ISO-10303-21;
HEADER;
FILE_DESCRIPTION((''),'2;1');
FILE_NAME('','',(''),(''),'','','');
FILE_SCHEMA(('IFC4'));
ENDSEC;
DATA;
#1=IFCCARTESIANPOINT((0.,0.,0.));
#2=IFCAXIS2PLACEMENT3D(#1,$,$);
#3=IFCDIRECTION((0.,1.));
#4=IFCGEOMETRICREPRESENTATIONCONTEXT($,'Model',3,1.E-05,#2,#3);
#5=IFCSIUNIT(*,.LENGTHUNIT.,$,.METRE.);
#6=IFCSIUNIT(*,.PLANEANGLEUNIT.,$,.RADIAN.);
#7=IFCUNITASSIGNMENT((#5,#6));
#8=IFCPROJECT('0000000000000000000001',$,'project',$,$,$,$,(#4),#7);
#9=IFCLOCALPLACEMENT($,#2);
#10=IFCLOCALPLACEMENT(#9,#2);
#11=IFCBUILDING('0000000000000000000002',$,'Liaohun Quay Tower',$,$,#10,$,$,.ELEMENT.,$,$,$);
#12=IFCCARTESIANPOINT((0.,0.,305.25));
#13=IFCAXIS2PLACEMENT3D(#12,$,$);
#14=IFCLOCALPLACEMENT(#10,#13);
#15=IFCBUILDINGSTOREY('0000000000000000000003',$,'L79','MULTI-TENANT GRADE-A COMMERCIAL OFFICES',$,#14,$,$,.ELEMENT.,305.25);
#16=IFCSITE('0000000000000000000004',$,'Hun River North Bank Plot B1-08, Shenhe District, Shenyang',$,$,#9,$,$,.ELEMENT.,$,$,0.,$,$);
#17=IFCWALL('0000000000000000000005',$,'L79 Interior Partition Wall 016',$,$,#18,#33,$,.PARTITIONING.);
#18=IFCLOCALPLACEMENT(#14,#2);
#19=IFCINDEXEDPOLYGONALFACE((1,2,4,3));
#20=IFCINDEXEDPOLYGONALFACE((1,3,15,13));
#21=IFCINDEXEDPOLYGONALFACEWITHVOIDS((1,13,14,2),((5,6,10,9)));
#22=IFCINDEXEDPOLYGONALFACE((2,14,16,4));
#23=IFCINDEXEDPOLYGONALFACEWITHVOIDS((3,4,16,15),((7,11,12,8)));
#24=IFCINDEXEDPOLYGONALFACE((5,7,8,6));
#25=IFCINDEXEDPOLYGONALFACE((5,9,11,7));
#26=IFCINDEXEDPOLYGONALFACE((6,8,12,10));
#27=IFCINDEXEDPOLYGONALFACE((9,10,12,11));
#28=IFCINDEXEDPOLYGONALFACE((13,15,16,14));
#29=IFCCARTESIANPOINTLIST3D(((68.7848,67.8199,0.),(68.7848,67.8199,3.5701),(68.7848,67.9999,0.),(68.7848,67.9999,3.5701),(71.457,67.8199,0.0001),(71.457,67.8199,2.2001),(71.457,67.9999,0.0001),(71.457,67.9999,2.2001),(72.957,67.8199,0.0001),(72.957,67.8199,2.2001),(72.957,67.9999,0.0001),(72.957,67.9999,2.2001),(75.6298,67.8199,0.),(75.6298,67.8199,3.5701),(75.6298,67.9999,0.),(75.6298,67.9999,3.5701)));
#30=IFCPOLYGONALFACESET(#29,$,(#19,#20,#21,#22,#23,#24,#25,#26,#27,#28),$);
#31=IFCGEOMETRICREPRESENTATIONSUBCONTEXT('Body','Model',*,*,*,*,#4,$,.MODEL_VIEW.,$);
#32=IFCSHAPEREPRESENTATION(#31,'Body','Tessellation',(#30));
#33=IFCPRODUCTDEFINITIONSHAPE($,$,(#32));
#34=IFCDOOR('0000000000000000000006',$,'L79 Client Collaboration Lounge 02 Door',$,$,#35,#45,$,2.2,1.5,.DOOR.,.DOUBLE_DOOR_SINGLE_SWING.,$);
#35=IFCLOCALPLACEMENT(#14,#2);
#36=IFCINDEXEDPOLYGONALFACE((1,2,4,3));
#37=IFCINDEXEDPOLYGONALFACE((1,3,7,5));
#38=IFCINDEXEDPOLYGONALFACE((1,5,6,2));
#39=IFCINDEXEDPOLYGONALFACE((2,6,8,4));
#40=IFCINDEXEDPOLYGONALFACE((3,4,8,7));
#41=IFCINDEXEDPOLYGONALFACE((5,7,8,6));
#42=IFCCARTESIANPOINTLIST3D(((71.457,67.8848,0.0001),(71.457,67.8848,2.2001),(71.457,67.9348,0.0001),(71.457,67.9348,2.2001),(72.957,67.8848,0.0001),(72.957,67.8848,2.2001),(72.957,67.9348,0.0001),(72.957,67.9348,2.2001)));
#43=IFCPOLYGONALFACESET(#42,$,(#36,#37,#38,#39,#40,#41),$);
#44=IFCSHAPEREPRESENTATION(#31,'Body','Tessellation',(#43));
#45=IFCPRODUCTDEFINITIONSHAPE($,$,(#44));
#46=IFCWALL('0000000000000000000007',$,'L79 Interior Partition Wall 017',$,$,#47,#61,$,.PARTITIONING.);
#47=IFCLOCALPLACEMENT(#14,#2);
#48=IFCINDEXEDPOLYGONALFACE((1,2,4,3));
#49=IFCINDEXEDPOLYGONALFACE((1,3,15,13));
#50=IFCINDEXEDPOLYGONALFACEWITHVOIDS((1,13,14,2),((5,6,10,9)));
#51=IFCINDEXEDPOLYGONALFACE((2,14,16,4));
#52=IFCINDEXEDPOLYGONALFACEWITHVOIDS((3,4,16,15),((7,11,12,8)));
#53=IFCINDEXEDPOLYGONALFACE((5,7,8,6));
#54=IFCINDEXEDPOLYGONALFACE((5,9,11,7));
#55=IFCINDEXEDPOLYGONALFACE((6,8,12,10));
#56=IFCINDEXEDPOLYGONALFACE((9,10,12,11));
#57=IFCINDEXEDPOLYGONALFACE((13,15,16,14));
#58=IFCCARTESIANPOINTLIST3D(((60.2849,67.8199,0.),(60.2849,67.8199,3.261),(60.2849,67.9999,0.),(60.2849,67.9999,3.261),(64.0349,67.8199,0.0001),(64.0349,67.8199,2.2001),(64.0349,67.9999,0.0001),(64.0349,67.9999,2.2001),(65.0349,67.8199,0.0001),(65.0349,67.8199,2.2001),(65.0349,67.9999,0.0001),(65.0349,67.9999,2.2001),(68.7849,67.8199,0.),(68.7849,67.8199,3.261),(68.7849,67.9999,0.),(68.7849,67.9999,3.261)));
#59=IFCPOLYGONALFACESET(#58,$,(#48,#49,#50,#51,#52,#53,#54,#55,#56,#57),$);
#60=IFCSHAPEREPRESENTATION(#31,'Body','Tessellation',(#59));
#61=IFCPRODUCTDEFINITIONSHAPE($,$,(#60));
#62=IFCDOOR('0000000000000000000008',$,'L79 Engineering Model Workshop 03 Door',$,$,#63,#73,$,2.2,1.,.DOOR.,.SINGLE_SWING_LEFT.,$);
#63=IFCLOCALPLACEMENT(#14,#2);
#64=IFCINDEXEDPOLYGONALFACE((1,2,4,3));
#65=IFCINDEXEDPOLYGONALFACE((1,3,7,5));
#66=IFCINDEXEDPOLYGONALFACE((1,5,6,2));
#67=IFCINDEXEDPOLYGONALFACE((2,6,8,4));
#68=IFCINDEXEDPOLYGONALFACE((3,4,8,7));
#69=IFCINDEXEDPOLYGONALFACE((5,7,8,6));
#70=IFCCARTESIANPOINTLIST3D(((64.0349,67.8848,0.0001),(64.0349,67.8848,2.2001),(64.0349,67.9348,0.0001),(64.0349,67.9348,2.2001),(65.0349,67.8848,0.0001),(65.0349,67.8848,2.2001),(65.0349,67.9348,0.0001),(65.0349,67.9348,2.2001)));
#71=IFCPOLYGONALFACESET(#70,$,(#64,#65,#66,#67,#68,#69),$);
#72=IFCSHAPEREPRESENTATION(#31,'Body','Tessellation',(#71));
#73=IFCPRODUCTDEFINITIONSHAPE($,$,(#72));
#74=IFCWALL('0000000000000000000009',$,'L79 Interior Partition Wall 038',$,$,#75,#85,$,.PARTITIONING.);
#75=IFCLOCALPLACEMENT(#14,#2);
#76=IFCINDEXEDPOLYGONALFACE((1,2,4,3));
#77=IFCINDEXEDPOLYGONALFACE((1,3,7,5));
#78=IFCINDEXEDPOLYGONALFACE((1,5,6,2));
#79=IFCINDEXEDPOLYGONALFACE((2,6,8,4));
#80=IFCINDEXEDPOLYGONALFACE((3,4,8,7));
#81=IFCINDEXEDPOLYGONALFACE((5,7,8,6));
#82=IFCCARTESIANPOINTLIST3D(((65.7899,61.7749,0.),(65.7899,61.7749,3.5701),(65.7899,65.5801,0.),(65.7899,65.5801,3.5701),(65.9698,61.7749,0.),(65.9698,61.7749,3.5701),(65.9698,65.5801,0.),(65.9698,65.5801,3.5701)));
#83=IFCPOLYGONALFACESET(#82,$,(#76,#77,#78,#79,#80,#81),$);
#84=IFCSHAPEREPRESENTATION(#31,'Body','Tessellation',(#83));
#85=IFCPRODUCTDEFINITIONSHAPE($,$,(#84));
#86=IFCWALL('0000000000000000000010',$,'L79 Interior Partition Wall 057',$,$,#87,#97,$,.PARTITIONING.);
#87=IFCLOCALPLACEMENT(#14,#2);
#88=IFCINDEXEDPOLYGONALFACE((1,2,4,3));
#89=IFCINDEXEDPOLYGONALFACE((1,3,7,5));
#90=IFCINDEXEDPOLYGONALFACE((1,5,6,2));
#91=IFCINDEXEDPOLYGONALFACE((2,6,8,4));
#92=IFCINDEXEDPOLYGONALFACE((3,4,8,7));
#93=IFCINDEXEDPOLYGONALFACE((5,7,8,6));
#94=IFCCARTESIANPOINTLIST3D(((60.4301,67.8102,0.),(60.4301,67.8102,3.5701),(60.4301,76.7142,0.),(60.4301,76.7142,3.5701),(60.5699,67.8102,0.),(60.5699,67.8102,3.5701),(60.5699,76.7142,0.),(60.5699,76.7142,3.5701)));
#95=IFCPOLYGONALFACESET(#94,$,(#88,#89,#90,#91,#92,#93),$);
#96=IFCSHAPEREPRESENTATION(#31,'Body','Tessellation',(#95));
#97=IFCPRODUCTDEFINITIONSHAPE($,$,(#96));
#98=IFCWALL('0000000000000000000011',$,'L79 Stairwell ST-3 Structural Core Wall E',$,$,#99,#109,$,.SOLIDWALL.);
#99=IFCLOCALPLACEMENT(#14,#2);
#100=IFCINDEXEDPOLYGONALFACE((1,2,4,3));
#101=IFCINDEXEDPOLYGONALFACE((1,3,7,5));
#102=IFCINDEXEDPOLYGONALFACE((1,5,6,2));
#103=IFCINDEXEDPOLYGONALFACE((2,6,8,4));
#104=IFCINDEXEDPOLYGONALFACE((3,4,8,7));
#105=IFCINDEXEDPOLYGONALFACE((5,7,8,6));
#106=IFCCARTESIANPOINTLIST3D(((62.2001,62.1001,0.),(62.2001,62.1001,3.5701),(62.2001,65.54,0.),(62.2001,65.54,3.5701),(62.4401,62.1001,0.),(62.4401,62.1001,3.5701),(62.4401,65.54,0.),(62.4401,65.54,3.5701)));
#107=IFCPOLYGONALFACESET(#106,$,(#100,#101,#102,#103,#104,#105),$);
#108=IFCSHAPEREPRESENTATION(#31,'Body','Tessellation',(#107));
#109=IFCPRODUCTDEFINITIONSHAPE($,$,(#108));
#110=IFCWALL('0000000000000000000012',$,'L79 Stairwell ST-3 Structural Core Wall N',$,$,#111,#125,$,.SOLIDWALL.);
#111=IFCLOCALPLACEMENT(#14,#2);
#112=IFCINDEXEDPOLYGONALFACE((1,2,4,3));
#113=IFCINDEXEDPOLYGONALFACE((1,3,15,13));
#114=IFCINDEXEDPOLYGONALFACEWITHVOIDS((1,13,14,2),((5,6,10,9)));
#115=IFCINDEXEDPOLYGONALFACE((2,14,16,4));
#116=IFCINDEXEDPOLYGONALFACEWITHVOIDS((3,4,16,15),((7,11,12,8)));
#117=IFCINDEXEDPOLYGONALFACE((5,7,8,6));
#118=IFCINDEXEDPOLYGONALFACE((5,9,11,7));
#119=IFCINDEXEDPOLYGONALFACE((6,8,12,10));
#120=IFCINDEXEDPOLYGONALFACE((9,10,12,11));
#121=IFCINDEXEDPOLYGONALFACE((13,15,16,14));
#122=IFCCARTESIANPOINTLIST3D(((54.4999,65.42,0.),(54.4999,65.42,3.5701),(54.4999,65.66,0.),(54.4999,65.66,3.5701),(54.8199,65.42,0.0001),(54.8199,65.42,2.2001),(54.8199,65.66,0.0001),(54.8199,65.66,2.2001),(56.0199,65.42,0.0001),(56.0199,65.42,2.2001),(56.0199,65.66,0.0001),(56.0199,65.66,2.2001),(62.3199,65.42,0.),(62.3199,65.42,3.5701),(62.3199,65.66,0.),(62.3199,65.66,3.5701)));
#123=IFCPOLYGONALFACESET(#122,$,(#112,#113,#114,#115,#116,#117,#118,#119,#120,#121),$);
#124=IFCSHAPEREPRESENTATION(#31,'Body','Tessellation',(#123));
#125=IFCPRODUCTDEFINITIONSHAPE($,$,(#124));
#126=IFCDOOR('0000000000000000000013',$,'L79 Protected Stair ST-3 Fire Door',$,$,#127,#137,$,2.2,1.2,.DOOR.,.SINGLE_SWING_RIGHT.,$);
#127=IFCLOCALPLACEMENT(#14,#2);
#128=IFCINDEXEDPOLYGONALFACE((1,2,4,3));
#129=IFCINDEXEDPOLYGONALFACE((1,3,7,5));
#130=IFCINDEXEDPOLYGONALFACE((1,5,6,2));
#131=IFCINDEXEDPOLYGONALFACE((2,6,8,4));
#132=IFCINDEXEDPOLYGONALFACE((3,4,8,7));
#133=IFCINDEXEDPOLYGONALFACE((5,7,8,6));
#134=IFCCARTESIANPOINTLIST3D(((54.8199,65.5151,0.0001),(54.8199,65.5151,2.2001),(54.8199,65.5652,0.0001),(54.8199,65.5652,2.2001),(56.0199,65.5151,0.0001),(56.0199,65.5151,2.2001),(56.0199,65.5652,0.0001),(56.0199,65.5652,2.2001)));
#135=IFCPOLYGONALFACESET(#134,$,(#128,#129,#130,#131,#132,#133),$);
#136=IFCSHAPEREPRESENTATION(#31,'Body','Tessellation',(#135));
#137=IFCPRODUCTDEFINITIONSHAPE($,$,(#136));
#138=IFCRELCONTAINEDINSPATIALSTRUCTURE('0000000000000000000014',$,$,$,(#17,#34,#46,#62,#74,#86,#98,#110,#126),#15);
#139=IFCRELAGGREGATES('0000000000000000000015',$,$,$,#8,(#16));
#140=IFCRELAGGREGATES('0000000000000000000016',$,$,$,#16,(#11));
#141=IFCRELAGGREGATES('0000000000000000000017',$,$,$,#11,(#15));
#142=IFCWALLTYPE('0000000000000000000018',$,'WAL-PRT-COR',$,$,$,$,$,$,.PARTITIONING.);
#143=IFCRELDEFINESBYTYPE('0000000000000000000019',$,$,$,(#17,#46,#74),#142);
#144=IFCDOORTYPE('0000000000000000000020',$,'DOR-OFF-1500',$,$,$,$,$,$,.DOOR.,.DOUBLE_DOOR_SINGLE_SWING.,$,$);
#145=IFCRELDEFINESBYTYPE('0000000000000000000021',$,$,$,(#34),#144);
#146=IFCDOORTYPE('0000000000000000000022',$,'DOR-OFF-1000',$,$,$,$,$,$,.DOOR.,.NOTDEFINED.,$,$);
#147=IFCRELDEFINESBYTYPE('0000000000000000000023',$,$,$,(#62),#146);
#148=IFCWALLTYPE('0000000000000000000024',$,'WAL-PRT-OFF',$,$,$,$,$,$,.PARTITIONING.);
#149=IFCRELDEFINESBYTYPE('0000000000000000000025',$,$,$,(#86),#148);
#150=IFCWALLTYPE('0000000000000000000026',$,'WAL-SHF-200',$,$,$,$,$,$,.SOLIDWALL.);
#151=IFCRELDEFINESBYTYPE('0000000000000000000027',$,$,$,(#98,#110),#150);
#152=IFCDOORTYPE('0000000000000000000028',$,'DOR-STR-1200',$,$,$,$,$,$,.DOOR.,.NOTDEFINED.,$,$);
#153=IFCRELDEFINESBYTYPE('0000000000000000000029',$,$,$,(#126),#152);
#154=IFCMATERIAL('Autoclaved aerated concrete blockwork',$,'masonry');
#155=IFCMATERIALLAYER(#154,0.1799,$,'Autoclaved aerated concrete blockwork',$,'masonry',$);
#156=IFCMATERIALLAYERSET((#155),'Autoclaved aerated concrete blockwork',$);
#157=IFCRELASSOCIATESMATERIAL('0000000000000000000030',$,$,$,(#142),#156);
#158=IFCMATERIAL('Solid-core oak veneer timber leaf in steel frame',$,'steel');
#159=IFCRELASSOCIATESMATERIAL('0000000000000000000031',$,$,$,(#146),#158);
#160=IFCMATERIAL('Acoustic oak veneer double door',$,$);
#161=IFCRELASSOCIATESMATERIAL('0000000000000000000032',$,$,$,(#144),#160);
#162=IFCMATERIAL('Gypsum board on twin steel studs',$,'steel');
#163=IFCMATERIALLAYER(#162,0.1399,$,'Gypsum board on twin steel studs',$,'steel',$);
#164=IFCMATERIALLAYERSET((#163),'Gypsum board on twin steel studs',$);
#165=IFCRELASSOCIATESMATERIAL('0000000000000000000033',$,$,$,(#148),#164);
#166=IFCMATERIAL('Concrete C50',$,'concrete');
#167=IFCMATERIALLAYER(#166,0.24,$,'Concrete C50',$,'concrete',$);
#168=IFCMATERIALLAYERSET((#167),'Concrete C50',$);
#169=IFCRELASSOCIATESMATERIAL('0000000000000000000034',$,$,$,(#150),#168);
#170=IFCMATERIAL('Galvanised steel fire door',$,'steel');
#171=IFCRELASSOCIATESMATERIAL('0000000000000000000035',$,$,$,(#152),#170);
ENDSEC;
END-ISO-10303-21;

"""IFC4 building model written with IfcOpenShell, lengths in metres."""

from ifc_helpers import new_model, si_unit, direction, frame, frame_2d, origin, place, context, subcontext, project, spatial, rectangle, extrude, source, transform, mapped, material, layer, layer_set, type_object, element, fill, save


model = new_model("IFC4")

# Units and contexts
model_context = context("Model", 3, precision=1e-05, world=origin(), true_north=direction((0.0, 1.0)))
body_context = subcontext(model_context, "Body", "Model", "MODEL_VIEW")
ifc_project = project(units=[si_unit("LENGTHUNIT", "METRE"), si_unit("PLANEANGLEUNIT", "RADIAN")], contexts=[model_context])

# Site, building, storey
site_placement = place(None, origin())
site = spatial("IfcSite", under=ifc_project, at=site_placement, Name="Hun River North Bank Plot B1-08, Shenhe District, Shenyang", CompositionType="ELEMENT", RefElevation=0.0)
building_placement = place(site_placement, origin())
building = spatial("IfcBuilding", under=site, at=building_placement, Name="Liaohun Quay Tower", CompositionType="ELEMENT")
storey_placement = place(building_placement, frame((0.0, 0.0, 305.25)))
storey = spatial("IfcBuildingStorey", under=building, at=storey_placement, Name="L79", Description="MULTI-TENANT GRADE-A COMMERCIAL OFFICES", CompositionType="ELEMENT", Elevation=305.25)

# Shared definitions
ifc_material_1 = material(Name="Concrete C50", Category="concrete")

# Walls, openings, doors
ifc_material_2 = material(Name="Autoclaved aerated concrete blockwork", Category="masonry")
ifc_layer_1 = layer(ifc_material_2, 0.1799, Name="Autoclaved aerated concrete blockwork", Category="masonry")
ifc_layer_set_1 = layer_set([ifc_layer_1], Name="Autoclaved aerated concrete blockwork")
wall_type_1 = type_object("IfcWallType", Name="WAL-PRT-COR", PredefinedType="PARTITIONING", material=ifc_layer_set_1)
shared_shape_1 = source(origin(), body_context, "Body", "SweptSolid", [
    extrude(rectangle(XDim=1.0, YDim=2.2, at=frame_2d((0.5, 1.1001))), frame((0.0, 0.0999, 0.0), z_axis=(0.0, -1.0, 0.0), x_axis=(1.0, 0.0, 0.0)), (0.0, 0.0, 1.0), 0.2),
])
ifc_material_3 = material(Name="Solid-core oak veneer timber leaf in steel frame", Category="steel")
door_type_1 = type_object("IfcDoorType", Name="DOR-OFF-1000", OperationType="NOTDEFINED", PredefinedType="DOOR", material=ifc_material_3)
shared_shape_2 = source(origin(), body_context, "Body", "SweptSolid", [
    extrude(rectangle(XDim=1.0, YDim=2.2, at=frame_2d((0.5, 1.1001))), frame((0.0, 0.0249, 0.0), z_axis=(0.0, -1.0, 0.0), x_axis=(1.0, 0.0, 0.0)), (0.0, 0.0, 1.0), 0.05),
])
wall_1_placement = place(storey_placement, frame((68.7849, 67.9099, 0.0), z_axis=(0.0, 0.0, 1.0), x_axis=(1.0, 0.0, 0.0)))
wall_1 = element("IfcWall", 1, at=wall_1_placement, inside=storey, type_object=wall_type_1, Name="L79 Interior Partition Wall 016", PredefinedType="PARTITIONING", context=body_context, shape_type="SweptSolid", body=[
    extrude(rectangle(XDim=6.845, YDim=0.1799, at=frame_2d((3.4224, 0.0))), origin(), (0.0, 0.0, 1.0), 3.5701),
])
shared_shape_3 = source(origin(), body_context, "Body", "SweptSolid", [
    extrude(rectangle(XDim=1.5, YDim=2.2, at=frame_2d((0.75, 1.1001))), frame((0.0, 0.0999, 0.0), z_axis=(0.0, -1.0, 0.0), x_axis=(1.0, 0.0, 0.0)), (0.0, 0.0, 1.0), 0.2),
])
opening_1_placement = place(wall_1_placement, frame((2.6721, 0.0, 0.0)))
opening_1 = element("IfcOpeningElement", 2, at=opening_1_placement, cuts=wall_1, PredefinedType="OPENING", context=body_context, shape_type="MappedRepresentation", body=[
    mapped(shared_shape_3, transform((0.0, 0.0, 0.0), x_axis=(1.0, 0.0, 0.0), y_axis=(0.0, 1.0, 0.0), z_axis=(0.0, 0.0, 1.0), scale=1.0)),
])
ifc_material_4 = material(Name="Acoustic oak veneer double door")
door_type_2 = type_object("IfcDoorType", Name="DOR-OFF-1500", OperationType="DOUBLE_DOOR_SINGLE_SWING", PredefinedType="DOOR", material=ifc_material_4)
shared_shape_4 = source(origin(), body_context, "Body", "SweptSolid", [
    extrude(rectangle(XDim=1.5, YDim=2.2, at=frame_2d((0.75, 1.1001))), frame((0.0, 0.0249, 0.0), z_axis=(0.0, -1.0, 0.0), x_axis=(1.0, 0.0, 0.0)), (0.0, 0.0, 1.0), 0.05),
])
door_1_placement = place(opening_1_placement, origin())
door_1 = element("IfcDoor", 3, at=door_1_placement, inside=storey, type_object=door_type_2, Name="L79 Client Collaboration Lounge 02 Door", OperationType="DOUBLE_DOOR_SINGLE_SWING", OverallHeight=2.2, OverallWidth=1.5, PredefinedType="DOOR", context=body_context, shape_type="MappedRepresentation", body=[
    mapped(shared_shape_4, transform((0.0, 0.0, 0.0), x_axis=(1.0, 0.0, 0.0), y_axis=(0.0, 1.0, 0.0), z_axis=(0.0, 0.0, 1.0), scale=1.0)),
])
fill(opening_1, door_1)
wall_2_placement = place(storey_placement, frame((60.2849, 67.9099, 0.0), z_axis=(0.0, 0.0, 1.0), x_axis=(1.0, 0.0, 0.0)))
wall_2 = element("IfcWall", 4, at=wall_2_placement, inside=storey, type_object=wall_type_1, Name="L79 Interior Partition Wall 017", PredefinedType="PARTITIONING", context=body_context, shape_type="SweptSolid", body=[
    extrude(rectangle(XDim=8.5, YDim=0.1799, at=frame_2d((4.25, 0.0))), origin(), (0.0, 0.0, 1.0), 3.261),
])
opening_2_placement = place(wall_2_placement, frame((3.75, 0.0, 0.0)))
opening_2 = element("IfcOpeningElement", 5, at=opening_2_placement, cuts=wall_2, PredefinedType="OPENING", context=body_context, shape_type="MappedRepresentation", body=[
    mapped(shared_shape_1, transform((0.0, 0.0, 0.0), x_axis=(1.0, 0.0, 0.0), y_axis=(0.0, 1.0, 0.0), z_axis=(0.0, 0.0, 1.0), scale=1.0)),
])
door_2_placement = place(opening_2_placement, origin())
door_2 = element("IfcDoor", 6, at=door_2_placement, inside=storey, type_object=door_type_1, Name="L79 Engineering Model Workshop 03 Door", OperationType="SINGLE_SWING_LEFT", OverallHeight=2.2, OverallWidth=1.0, PredefinedType="DOOR", context=body_context, shape_type="MappedRepresentation", body=[
    mapped(shared_shape_2, transform((0.0, 0.0, 0.0), x_axis=(1.0, 0.0, 0.0), y_axis=(0.0, 1.0, 0.0), z_axis=(0.0, 0.0, 1.0), scale=1.0)),
])
fill(opening_2, door_2)

# Walls
wall_3_placement = place(storey_placement, frame((65.8799, 61.7749, 0.0), z_axis=(0.0, 0.0, 1.0), x_axis=(0.0, 1.0, 0.0)))
element("IfcWall", 7, at=wall_3_placement, inside=storey, type_object=wall_type_1, Name="L79 Interior Partition Wall 038", PredefinedType="PARTITIONING", context=body_context, shape_type="SweptSolid", body=[
    extrude(rectangle(XDim=3.8052, YDim=0.1799, at=frame_2d((1.9026, 0.0))), origin(), (0.0, 0.0, 1.0), 3.5701),
])
ifc_material_5 = material(Name="Gypsum board on twin steel studs", Category="steel")
ifc_layer_2 = layer(ifc_material_5, 0.1399, Name="Gypsum board on twin steel studs", Category="steel")
ifc_layer_set_2 = layer_set([ifc_layer_2], Name="Gypsum board on twin steel studs")
wall_type_2 = type_object("IfcWallType", Name="WAL-PRT-OFF", PredefinedType="PARTITIONING", material=ifc_layer_set_2)
wall_4_placement = place(storey_placement, frame((60.5, 67.8101, 0.0), z_axis=(0.0, 0.0, 1.0), x_axis=(0.0, 1.0, 0.0)))
element("IfcWall", 8, at=wall_4_placement, inside=storey, type_object=wall_type_2, Name="L79 Interior Partition Wall 057", PredefinedType="PARTITIONING", context=body_context, shape_type="SweptSolid", body=[
    extrude(rectangle(XDim=8.9041, YDim=0.1399, at=frame_2d((4.4521, 0.0))), origin(), (0.0, 0.0, 1.0), 3.5701),
])
ifc_layer_3 = layer(ifc_material_1, 0.24, Name="Concrete C50", Category="concrete")
ifc_layer_set_3 = layer_set([ifc_layer_3], Name="Concrete C50")
wall_type_3 = type_object("IfcWallType", Name="WAL-SHF-200", PredefinedType="SOLIDWALL", material=ifc_layer_set_3)
wall_5_placement = place(storey_placement, frame((62.3201, 62.1001, 0.0), z_axis=(0.0, 0.0, 1.0), x_axis=(0.0, 1.0, 0.0)))
element("IfcWall", 9, at=wall_5_placement, inside=storey, type_object=wall_type_3, Name="L79 Stairwell ST-3 Structural Core Wall E", PredefinedType="SOLIDWALL", context=body_context, shape_type="SweptSolid", body=[
    extrude(rectangle(XDim=3.4399, YDim=0.24, at=frame_2d((1.72, 0.0))), origin(), (0.0, 0.0, 1.0), 3.5701),
])

# Wall, opening, door
wall_6_placement = place(storey_placement, frame((62.3201, 65.54, 0.0), z_axis=(0.0, 0.0, 1.0), x_axis=(-1.0, 0.0, 0.0)))
wall_6 = element("IfcWall", 10, at=wall_6_placement, inside=storey, type_object=wall_type_3, Name="L79 Stairwell ST-3 Structural Core Wall N", PredefinedType="SOLIDWALL", context=body_context, shape_type="SweptSolid", body=[
    extrude(rectangle(XDim=7.8201, YDim=0.24, at=frame_2d((3.9102, 0.0))), origin(), (0.0, 0.0, 1.0), 3.5701),
])
shared_shape_5 = source(origin(), body_context, "Body", "SweptSolid", [
    extrude(rectangle(XDim=1.2, YDim=2.2, at=frame_2d((0.6001, 1.1001))), frame((0.0, 0.1299, 0.0), z_axis=(0.0, -1.0, 0.0), x_axis=(1.0, 0.0, 0.0)), (0.0, 0.0, 1.0), 0.26),
])
opening_3_placement = place(wall_6_placement, frame((6.3, 0.0, 0.0)))
opening_3 = element("IfcOpeningElement", 11, at=opening_3_placement, cuts=wall_6, PredefinedType="OPENING", context=body_context, shape_type="MappedRepresentation", body=[
    mapped(shared_shape_5, transform((0.0, 0.0, 0.0), x_axis=(1.0, 0.0, 0.0), y_axis=(0.0, 1.0, 0.0), z_axis=(0.0, 0.0, 1.0), scale=1.0)),
])
ifc_material_6 = material(Name="Galvanised steel fire door", Category="steel")
door_type_3 = type_object("IfcDoorType", Name="DOR-STR-1200", OperationType="NOTDEFINED", PredefinedType="DOOR", material=ifc_material_6)
shared_shape_6 = source(origin(), body_context, "Body", "SweptSolid", [
    extrude(rectangle(XDim=1.2, YDim=2.2, at=frame_2d((0.6001, 1.1001))), frame((0.0, 0.0249, 0.0), z_axis=(0.0, -1.0, 0.0), x_axis=(1.0, 0.0, 0.0)), (0.0, 0.0, 1.0), 0.05),
])
door_3_placement = place(opening_3_placement, origin())
door_3 = element("IfcDoor", 12, at=door_3_placement, inside=storey, type_object=door_type_3, Name="L79 Protected Stair ST-3 Fire Door", OperationType="SINGLE_SWING_RIGHT", OverallHeight=2.2, OverallWidth=1.2, PredefinedType="DOOR", context=body_context, shape_type="MappedRepresentation", body=[
    mapped(shared_shape_6, transform((0.0, 0.0, 0.0), x_axis=(1.0, 0.0, 0.0), y_axis=(0.0, 1.0, 0.0), z_axis=(0.0, 0.0, 1.0), scale=1.0)),
])
fill(opening_3, door_3)

save(model, "model.ifc")
